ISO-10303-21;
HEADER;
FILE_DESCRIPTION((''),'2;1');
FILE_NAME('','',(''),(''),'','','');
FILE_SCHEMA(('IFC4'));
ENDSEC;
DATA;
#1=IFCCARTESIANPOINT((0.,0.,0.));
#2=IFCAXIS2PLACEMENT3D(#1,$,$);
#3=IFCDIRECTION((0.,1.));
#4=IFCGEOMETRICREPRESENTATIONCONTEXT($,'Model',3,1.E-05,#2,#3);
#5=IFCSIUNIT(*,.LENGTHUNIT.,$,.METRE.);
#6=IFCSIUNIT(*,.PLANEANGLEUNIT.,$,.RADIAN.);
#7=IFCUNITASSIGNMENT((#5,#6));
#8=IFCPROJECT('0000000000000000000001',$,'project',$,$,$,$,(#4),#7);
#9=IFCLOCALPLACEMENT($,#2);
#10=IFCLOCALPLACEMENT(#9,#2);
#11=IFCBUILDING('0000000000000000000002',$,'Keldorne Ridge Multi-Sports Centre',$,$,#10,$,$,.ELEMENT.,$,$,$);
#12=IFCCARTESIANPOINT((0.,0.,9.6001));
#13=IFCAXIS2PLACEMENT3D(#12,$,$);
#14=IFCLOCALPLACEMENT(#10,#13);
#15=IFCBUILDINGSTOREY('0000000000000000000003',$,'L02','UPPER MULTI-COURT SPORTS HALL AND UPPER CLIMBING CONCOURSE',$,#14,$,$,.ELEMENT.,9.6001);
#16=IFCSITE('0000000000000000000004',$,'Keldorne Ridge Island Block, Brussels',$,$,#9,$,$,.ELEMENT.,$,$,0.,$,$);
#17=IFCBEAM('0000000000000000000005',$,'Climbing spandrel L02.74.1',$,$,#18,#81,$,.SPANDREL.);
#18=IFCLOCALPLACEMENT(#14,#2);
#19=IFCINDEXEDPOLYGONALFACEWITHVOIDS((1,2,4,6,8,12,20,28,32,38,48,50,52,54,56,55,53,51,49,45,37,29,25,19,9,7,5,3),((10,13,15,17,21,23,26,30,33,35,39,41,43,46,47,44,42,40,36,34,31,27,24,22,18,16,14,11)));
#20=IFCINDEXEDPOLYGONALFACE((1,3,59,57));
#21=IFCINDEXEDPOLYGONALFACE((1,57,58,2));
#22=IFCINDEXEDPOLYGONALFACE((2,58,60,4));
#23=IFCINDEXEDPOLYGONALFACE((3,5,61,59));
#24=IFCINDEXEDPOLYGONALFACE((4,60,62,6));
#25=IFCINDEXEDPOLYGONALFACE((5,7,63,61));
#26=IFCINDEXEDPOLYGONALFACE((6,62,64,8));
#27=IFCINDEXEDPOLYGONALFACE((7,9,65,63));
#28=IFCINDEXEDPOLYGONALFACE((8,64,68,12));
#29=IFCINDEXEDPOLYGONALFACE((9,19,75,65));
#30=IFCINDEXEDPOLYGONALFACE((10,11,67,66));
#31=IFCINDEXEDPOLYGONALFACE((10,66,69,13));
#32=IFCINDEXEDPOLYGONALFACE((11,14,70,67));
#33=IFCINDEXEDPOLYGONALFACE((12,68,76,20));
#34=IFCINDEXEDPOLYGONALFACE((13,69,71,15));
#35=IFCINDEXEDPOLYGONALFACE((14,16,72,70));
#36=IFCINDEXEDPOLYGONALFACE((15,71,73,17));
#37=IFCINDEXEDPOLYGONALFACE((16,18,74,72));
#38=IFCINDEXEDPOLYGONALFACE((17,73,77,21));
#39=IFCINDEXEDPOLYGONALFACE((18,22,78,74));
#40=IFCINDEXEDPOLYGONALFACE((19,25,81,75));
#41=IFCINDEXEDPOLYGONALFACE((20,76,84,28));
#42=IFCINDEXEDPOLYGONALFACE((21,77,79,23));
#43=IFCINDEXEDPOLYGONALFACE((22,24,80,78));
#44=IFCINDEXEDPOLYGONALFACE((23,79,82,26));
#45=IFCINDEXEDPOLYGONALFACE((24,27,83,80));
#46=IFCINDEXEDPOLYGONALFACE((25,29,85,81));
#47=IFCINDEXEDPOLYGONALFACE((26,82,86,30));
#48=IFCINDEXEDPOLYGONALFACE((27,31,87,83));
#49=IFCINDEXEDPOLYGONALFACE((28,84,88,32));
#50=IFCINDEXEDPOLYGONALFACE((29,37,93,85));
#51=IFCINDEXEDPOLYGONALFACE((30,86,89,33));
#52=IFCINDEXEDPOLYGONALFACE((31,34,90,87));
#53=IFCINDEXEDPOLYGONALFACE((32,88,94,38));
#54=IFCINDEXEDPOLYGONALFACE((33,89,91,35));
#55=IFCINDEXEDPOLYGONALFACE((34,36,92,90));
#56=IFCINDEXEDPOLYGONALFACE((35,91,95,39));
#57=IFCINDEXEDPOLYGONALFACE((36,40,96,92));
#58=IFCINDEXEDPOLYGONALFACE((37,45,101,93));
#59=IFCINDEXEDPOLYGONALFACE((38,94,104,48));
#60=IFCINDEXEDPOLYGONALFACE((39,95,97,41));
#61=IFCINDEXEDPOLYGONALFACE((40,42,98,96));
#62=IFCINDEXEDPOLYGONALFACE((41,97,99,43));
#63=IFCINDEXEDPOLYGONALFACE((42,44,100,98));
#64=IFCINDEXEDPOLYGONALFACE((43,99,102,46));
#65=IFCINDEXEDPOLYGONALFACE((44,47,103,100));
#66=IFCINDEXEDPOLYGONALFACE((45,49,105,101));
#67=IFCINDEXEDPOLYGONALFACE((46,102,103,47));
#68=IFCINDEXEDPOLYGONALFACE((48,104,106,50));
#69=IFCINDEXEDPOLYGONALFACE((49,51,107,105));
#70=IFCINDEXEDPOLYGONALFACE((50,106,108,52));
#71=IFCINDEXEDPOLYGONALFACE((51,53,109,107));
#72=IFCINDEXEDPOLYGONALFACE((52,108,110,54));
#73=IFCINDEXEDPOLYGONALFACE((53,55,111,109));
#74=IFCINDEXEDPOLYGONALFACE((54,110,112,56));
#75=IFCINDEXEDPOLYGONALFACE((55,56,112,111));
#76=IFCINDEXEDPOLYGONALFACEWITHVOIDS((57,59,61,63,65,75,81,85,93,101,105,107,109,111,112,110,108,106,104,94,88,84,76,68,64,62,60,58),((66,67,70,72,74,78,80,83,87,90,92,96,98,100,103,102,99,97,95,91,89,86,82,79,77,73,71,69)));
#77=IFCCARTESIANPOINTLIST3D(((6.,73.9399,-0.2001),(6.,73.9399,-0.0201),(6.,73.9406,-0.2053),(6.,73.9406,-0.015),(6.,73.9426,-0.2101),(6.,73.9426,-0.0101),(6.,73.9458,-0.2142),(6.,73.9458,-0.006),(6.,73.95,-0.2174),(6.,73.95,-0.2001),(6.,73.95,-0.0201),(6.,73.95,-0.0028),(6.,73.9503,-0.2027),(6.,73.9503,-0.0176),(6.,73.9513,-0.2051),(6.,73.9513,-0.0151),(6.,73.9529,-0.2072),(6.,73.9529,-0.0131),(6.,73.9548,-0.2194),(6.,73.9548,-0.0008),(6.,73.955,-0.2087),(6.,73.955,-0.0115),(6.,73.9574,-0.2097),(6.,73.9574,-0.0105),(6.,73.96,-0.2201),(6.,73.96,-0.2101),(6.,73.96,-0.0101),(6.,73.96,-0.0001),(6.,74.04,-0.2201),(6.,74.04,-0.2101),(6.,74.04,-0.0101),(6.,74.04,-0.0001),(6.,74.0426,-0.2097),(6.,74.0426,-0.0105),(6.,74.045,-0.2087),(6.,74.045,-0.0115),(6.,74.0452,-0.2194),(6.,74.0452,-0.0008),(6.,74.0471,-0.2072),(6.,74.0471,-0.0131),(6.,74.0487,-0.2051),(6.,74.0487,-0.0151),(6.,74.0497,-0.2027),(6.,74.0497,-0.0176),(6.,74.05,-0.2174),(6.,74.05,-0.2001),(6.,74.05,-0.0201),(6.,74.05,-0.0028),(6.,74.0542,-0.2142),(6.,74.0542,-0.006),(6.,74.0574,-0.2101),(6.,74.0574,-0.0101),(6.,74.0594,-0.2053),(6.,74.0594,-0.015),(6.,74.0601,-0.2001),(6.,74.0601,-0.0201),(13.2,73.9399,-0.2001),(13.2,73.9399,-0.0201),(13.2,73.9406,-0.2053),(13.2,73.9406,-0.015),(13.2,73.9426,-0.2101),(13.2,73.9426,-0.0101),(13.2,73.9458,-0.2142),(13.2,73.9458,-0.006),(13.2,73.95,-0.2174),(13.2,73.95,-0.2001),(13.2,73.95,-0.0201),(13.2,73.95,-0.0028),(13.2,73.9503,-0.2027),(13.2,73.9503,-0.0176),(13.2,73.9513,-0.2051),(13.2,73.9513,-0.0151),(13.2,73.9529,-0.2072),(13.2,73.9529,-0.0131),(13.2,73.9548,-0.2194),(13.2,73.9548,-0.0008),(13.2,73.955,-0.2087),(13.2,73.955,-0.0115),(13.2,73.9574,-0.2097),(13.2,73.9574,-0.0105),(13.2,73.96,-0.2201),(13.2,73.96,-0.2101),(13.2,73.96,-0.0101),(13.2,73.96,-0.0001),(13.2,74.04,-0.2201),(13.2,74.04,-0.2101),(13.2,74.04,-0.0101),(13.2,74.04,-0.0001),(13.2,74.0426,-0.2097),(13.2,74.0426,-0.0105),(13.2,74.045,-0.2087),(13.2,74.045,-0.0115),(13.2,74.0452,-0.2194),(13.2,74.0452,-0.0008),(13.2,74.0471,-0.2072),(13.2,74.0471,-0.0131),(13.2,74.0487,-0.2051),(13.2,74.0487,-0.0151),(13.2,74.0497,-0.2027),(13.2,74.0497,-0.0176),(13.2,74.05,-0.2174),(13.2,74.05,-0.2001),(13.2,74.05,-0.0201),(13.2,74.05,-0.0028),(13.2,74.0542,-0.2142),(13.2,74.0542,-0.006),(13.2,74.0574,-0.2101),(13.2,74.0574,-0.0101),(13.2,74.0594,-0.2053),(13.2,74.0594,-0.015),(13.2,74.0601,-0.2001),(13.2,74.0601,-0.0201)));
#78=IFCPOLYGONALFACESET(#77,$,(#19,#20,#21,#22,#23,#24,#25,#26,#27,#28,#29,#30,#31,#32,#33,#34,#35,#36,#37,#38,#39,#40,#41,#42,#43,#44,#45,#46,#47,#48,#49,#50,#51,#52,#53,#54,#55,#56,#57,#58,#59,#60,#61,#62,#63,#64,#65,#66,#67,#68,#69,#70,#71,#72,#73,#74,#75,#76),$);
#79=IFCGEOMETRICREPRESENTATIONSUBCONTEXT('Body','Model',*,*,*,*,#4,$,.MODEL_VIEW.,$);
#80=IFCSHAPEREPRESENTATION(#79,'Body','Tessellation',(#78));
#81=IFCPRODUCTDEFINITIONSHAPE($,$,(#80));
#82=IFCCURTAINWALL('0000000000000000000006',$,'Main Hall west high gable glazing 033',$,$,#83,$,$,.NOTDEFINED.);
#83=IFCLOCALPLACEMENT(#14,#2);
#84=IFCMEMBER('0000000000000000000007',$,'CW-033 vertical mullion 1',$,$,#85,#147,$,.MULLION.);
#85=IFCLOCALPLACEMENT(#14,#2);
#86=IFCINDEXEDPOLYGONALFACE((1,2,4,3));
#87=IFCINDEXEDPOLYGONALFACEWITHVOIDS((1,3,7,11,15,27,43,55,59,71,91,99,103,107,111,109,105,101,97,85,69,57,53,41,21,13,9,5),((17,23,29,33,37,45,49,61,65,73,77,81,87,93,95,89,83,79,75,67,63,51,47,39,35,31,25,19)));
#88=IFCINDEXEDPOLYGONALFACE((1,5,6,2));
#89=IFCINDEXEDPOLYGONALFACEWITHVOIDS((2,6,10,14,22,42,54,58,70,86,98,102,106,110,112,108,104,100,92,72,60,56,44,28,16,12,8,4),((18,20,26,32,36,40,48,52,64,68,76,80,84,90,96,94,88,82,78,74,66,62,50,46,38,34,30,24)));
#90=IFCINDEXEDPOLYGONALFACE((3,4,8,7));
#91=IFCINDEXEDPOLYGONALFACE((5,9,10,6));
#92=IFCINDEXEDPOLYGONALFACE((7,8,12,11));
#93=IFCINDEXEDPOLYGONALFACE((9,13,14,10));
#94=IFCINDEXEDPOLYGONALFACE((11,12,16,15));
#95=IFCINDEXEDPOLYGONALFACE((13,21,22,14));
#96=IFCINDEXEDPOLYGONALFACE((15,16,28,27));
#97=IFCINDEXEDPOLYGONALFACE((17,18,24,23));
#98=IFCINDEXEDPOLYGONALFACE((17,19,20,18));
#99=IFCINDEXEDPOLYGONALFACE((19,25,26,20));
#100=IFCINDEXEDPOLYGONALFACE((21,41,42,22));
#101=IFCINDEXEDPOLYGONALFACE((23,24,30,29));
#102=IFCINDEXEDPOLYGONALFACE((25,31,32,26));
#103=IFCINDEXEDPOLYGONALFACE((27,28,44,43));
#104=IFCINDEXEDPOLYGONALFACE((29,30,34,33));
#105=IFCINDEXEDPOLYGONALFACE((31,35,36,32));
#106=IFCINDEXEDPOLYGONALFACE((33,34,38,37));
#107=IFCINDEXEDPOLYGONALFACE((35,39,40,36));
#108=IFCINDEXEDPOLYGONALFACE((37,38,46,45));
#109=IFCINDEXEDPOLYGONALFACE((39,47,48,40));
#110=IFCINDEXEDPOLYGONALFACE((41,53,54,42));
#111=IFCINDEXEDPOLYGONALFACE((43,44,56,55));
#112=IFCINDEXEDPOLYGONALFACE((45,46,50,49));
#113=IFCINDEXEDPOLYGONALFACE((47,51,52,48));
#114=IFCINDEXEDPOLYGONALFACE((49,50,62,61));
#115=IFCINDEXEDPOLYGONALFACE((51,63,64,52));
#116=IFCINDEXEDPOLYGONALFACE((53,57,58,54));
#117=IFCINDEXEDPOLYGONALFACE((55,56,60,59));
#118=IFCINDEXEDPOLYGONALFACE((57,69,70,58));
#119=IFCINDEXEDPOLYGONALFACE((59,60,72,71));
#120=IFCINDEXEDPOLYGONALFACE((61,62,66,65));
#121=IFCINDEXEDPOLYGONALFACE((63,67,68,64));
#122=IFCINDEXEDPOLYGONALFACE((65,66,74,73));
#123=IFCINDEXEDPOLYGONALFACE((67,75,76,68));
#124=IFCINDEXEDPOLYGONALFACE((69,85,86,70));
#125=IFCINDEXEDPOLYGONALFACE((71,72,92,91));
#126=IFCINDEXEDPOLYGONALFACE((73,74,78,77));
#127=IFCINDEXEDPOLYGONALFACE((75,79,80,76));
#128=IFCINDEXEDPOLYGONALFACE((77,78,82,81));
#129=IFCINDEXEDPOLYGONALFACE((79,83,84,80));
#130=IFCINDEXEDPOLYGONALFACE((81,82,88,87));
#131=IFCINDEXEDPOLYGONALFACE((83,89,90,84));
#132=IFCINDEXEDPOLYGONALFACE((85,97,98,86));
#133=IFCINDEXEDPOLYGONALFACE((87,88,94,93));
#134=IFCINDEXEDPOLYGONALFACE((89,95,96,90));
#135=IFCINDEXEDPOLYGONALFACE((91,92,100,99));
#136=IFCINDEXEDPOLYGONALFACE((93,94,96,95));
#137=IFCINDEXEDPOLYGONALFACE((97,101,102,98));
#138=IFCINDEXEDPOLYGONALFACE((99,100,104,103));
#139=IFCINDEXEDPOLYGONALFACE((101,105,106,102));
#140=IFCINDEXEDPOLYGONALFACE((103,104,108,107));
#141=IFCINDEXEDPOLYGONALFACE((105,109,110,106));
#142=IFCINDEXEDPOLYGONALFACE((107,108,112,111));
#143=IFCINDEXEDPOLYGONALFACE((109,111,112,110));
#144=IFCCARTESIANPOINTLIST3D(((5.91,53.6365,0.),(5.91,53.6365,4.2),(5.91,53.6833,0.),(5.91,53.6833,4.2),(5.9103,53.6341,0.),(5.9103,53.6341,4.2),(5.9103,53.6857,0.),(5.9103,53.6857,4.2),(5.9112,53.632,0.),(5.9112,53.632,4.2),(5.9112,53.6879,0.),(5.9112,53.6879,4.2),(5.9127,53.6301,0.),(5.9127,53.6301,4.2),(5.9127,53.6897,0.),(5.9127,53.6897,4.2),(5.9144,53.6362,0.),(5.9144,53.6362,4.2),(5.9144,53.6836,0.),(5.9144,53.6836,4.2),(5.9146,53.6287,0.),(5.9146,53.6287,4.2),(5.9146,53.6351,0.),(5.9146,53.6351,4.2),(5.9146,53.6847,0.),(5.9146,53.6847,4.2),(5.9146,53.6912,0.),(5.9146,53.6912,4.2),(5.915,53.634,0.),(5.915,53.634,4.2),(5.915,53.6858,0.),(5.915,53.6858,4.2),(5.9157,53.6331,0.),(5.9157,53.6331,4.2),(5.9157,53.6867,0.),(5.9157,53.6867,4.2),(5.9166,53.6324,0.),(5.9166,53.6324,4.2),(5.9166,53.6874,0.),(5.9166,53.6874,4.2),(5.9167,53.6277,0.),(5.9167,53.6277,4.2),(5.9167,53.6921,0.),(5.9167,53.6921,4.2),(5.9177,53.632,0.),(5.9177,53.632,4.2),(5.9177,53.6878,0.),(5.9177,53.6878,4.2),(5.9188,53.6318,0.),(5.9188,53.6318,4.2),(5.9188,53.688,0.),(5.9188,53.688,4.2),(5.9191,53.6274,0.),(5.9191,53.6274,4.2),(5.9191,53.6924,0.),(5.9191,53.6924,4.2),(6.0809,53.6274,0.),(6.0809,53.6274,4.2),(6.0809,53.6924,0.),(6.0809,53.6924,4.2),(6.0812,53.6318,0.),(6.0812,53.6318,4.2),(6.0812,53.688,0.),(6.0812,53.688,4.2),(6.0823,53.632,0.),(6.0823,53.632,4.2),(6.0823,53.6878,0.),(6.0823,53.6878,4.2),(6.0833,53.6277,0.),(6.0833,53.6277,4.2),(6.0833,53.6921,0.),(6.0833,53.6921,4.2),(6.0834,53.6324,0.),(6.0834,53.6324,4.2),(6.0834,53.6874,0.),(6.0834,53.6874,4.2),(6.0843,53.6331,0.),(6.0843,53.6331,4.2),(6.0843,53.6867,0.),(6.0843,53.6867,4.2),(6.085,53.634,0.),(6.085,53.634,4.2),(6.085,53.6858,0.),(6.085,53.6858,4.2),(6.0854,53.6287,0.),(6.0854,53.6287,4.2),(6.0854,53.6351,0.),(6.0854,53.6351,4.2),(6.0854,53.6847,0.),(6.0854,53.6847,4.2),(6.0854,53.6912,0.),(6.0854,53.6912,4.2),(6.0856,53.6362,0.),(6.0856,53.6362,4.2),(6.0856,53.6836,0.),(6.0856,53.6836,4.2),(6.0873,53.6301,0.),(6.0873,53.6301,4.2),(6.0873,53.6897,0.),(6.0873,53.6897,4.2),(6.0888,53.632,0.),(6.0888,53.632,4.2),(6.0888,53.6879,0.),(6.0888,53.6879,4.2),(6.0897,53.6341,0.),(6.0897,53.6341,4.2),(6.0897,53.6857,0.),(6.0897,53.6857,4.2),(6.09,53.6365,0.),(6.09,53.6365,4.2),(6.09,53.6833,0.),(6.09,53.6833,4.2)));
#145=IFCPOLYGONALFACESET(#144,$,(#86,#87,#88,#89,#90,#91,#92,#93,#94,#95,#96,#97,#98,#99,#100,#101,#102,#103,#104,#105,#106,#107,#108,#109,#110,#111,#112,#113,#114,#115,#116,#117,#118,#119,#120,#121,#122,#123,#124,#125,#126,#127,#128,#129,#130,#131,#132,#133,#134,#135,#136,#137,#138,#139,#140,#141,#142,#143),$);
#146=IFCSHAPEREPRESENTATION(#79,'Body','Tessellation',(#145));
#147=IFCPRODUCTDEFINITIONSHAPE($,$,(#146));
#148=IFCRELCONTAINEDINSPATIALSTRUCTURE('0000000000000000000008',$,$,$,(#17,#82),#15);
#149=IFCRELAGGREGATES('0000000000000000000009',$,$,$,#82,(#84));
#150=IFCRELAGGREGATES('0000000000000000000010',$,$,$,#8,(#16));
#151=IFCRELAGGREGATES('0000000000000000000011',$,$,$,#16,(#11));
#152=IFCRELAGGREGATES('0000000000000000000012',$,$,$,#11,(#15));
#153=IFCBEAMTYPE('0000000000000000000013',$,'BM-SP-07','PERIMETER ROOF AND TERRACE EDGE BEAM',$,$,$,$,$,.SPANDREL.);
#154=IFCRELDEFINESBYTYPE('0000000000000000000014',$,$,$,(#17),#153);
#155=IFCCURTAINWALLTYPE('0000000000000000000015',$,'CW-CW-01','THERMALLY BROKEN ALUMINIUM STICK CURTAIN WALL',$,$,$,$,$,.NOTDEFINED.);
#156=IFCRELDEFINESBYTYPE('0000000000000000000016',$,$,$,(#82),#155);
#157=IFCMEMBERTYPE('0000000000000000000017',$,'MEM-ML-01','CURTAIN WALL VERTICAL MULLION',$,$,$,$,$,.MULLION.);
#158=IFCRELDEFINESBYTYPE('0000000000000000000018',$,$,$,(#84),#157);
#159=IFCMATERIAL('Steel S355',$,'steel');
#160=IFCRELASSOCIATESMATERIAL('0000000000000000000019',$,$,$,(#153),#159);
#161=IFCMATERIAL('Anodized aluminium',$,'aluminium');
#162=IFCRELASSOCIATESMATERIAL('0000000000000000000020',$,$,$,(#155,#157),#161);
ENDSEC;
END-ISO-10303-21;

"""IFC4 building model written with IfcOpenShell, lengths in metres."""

from ifc_helpers import new_model, si_unit, direction, frame, origin, origin_2d, place, context, subcontext, project, spatial, hollow_rectangle, extrude, material, material_profile, profile_set, type_object, element, aggregate, save


model = new_model("IFC4")

# Units and contexts
model_context = context("Model", 3, precision=1e-05, world=origin(), true_north=direction((0.0, 1.0)))
body_context = subcontext(model_context, "Body", "Model", "MODEL_VIEW")
ifc_project = project(units=[si_unit("LENGTHUNIT", "METRE"), si_unit("PLANEANGLEUNIT", "RADIAN")], contexts=[model_context])

# Site, building, storey
site_placement = place(None, origin())
site = spatial("IfcSite", under=ifc_project, at=site_placement, Name="Keldorne Ridge Island Block, Brussels", CompositionType="ELEMENT", RefElevation=0.0)
building_placement = place(site_placement, origin())
building = spatial("IfcBuilding", under=site, at=building_placement, Name="Keldorne Ridge Multi-Sports Centre", CompositionType="ELEMENT")
storey_placement = place(building_placement, frame((0.0, 0.0, 9.6001)))
storey = spatial("IfcBuildingStorey", under=building, at=storey_placement, Name="L02", Description="UPPER MULTI-COURT SPORTS HALL AND UPPER CLIMBING CONCOURSE", CompositionType="ELEMENT", Elevation=9.6001)

# Shared definitions
ifc_material_1 = material(Name="Steel S355", Category="steel")

# Beam
ifc_material_profile_1 = material_profile(ifc_material_1, hollow_rectangle(XDim=0.1201, YDim=0.22, WallThickness=0.01, InnerFilletRadius=0.01, OuterFilletRadius=0.02, at=origin_2d()), Name="RHS 220x120x10")
ifc_profile_set_1 = profile_set([ifc_material_profile_1], Name="Steel S355")
beam_type_1 = type_object("IfcBeamType", Name="BM-SP-07", Description="PERIMETER ROOF AND TERRACE EDGE BEAM", PredefinedType="SPANDREL", material=ifc_profile_set_1)
beam_1_placement = place(storey_placement, frame((6.0, 74.0, -0.1101), z_axis=(1.0, 0.0, 0.0), x_axis=(0.0, 1.0, 0.0)))
element("IfcBeam", 1, at=beam_1_placement, inside=storey, type_object=beam_type_1, Name="Climbing spandrel L02.74.1", PredefinedType="SPANDREL", context=body_context, shape_type="SweptSolid", body=[
    extrude(hollow_rectangle(XDim=0.1201, YDim=0.22, WallThickness=0.01, InnerFilletRadius=0.01, OuterFilletRadius=0.02, at=origin_2d()), origin(), (0.0, 0.0, 1.0), 7.2),
])

# Curtain wall, member
ifc_material_2 = material(Name="Anodized aluminium", Category="aluminium")
curtain_wall_type_1 = type_object("IfcCurtainWallType", Name="CW-CW-01", Description="THERMALLY BROKEN ALUMINIUM STICK CURTAIN WALL", PredefinedType="NOTDEFINED", material=ifc_material_2)
curtain_wall_1_placement = place(storey_placement, origin())
curtain_wall_1 = element("IfcCurtainWall", 2, at=curtain_wall_1_placement, inside=storey, type_object=curtain_wall_type_1, Name="Main Hall west high gable glazing 033", PredefinedType="NOTDEFINED")
ifc_material_profile_2 = material_profile(ifc_material_2, hollow_rectangle(XDim=0.0649, YDim=0.1799, WallThickness=0.0044, InnerFilletRadius=0.0044, OuterFilletRadius=0.009, at=origin_2d()), Name="ALU MULLION 180x65x4.5")
ifc_profile_set_2 = profile_set([ifc_material_profile_2], Name="Anodized aluminium")
member_type_1 = type_object("IfcMemberType", Name="MEM-ML-01", Description="CURTAIN WALL VERTICAL MULLION", PredefinedType="MULLION", material=ifc_profile_set_2)
member_1_placement = place(storey_placement, frame((6.0, 53.6599, 0.0), z_axis=(0.0, 0.0, 1.0), x_axis=(0.0, 1.0, 0.0)))
member_1 = element("IfcMember", 3, at=member_1_placement, type_object=member_type_1, Name="CW-033 vertical mullion 1", PredefinedType="MULLION", context=body_context, shape_type="SweptSolid", body=[
    extrude(hollow_rectangle(XDim=0.0649, YDim=0.1799, WallThickness=0.0044, InnerFilletRadius=0.0044, OuterFilletRadius=0.009, at=origin_2d()), origin(), (0.0, 0.0, 1.0), 4.2),
])

aggregate(curtain_wall_1, [member_1])

save(model, "model.ifc")
